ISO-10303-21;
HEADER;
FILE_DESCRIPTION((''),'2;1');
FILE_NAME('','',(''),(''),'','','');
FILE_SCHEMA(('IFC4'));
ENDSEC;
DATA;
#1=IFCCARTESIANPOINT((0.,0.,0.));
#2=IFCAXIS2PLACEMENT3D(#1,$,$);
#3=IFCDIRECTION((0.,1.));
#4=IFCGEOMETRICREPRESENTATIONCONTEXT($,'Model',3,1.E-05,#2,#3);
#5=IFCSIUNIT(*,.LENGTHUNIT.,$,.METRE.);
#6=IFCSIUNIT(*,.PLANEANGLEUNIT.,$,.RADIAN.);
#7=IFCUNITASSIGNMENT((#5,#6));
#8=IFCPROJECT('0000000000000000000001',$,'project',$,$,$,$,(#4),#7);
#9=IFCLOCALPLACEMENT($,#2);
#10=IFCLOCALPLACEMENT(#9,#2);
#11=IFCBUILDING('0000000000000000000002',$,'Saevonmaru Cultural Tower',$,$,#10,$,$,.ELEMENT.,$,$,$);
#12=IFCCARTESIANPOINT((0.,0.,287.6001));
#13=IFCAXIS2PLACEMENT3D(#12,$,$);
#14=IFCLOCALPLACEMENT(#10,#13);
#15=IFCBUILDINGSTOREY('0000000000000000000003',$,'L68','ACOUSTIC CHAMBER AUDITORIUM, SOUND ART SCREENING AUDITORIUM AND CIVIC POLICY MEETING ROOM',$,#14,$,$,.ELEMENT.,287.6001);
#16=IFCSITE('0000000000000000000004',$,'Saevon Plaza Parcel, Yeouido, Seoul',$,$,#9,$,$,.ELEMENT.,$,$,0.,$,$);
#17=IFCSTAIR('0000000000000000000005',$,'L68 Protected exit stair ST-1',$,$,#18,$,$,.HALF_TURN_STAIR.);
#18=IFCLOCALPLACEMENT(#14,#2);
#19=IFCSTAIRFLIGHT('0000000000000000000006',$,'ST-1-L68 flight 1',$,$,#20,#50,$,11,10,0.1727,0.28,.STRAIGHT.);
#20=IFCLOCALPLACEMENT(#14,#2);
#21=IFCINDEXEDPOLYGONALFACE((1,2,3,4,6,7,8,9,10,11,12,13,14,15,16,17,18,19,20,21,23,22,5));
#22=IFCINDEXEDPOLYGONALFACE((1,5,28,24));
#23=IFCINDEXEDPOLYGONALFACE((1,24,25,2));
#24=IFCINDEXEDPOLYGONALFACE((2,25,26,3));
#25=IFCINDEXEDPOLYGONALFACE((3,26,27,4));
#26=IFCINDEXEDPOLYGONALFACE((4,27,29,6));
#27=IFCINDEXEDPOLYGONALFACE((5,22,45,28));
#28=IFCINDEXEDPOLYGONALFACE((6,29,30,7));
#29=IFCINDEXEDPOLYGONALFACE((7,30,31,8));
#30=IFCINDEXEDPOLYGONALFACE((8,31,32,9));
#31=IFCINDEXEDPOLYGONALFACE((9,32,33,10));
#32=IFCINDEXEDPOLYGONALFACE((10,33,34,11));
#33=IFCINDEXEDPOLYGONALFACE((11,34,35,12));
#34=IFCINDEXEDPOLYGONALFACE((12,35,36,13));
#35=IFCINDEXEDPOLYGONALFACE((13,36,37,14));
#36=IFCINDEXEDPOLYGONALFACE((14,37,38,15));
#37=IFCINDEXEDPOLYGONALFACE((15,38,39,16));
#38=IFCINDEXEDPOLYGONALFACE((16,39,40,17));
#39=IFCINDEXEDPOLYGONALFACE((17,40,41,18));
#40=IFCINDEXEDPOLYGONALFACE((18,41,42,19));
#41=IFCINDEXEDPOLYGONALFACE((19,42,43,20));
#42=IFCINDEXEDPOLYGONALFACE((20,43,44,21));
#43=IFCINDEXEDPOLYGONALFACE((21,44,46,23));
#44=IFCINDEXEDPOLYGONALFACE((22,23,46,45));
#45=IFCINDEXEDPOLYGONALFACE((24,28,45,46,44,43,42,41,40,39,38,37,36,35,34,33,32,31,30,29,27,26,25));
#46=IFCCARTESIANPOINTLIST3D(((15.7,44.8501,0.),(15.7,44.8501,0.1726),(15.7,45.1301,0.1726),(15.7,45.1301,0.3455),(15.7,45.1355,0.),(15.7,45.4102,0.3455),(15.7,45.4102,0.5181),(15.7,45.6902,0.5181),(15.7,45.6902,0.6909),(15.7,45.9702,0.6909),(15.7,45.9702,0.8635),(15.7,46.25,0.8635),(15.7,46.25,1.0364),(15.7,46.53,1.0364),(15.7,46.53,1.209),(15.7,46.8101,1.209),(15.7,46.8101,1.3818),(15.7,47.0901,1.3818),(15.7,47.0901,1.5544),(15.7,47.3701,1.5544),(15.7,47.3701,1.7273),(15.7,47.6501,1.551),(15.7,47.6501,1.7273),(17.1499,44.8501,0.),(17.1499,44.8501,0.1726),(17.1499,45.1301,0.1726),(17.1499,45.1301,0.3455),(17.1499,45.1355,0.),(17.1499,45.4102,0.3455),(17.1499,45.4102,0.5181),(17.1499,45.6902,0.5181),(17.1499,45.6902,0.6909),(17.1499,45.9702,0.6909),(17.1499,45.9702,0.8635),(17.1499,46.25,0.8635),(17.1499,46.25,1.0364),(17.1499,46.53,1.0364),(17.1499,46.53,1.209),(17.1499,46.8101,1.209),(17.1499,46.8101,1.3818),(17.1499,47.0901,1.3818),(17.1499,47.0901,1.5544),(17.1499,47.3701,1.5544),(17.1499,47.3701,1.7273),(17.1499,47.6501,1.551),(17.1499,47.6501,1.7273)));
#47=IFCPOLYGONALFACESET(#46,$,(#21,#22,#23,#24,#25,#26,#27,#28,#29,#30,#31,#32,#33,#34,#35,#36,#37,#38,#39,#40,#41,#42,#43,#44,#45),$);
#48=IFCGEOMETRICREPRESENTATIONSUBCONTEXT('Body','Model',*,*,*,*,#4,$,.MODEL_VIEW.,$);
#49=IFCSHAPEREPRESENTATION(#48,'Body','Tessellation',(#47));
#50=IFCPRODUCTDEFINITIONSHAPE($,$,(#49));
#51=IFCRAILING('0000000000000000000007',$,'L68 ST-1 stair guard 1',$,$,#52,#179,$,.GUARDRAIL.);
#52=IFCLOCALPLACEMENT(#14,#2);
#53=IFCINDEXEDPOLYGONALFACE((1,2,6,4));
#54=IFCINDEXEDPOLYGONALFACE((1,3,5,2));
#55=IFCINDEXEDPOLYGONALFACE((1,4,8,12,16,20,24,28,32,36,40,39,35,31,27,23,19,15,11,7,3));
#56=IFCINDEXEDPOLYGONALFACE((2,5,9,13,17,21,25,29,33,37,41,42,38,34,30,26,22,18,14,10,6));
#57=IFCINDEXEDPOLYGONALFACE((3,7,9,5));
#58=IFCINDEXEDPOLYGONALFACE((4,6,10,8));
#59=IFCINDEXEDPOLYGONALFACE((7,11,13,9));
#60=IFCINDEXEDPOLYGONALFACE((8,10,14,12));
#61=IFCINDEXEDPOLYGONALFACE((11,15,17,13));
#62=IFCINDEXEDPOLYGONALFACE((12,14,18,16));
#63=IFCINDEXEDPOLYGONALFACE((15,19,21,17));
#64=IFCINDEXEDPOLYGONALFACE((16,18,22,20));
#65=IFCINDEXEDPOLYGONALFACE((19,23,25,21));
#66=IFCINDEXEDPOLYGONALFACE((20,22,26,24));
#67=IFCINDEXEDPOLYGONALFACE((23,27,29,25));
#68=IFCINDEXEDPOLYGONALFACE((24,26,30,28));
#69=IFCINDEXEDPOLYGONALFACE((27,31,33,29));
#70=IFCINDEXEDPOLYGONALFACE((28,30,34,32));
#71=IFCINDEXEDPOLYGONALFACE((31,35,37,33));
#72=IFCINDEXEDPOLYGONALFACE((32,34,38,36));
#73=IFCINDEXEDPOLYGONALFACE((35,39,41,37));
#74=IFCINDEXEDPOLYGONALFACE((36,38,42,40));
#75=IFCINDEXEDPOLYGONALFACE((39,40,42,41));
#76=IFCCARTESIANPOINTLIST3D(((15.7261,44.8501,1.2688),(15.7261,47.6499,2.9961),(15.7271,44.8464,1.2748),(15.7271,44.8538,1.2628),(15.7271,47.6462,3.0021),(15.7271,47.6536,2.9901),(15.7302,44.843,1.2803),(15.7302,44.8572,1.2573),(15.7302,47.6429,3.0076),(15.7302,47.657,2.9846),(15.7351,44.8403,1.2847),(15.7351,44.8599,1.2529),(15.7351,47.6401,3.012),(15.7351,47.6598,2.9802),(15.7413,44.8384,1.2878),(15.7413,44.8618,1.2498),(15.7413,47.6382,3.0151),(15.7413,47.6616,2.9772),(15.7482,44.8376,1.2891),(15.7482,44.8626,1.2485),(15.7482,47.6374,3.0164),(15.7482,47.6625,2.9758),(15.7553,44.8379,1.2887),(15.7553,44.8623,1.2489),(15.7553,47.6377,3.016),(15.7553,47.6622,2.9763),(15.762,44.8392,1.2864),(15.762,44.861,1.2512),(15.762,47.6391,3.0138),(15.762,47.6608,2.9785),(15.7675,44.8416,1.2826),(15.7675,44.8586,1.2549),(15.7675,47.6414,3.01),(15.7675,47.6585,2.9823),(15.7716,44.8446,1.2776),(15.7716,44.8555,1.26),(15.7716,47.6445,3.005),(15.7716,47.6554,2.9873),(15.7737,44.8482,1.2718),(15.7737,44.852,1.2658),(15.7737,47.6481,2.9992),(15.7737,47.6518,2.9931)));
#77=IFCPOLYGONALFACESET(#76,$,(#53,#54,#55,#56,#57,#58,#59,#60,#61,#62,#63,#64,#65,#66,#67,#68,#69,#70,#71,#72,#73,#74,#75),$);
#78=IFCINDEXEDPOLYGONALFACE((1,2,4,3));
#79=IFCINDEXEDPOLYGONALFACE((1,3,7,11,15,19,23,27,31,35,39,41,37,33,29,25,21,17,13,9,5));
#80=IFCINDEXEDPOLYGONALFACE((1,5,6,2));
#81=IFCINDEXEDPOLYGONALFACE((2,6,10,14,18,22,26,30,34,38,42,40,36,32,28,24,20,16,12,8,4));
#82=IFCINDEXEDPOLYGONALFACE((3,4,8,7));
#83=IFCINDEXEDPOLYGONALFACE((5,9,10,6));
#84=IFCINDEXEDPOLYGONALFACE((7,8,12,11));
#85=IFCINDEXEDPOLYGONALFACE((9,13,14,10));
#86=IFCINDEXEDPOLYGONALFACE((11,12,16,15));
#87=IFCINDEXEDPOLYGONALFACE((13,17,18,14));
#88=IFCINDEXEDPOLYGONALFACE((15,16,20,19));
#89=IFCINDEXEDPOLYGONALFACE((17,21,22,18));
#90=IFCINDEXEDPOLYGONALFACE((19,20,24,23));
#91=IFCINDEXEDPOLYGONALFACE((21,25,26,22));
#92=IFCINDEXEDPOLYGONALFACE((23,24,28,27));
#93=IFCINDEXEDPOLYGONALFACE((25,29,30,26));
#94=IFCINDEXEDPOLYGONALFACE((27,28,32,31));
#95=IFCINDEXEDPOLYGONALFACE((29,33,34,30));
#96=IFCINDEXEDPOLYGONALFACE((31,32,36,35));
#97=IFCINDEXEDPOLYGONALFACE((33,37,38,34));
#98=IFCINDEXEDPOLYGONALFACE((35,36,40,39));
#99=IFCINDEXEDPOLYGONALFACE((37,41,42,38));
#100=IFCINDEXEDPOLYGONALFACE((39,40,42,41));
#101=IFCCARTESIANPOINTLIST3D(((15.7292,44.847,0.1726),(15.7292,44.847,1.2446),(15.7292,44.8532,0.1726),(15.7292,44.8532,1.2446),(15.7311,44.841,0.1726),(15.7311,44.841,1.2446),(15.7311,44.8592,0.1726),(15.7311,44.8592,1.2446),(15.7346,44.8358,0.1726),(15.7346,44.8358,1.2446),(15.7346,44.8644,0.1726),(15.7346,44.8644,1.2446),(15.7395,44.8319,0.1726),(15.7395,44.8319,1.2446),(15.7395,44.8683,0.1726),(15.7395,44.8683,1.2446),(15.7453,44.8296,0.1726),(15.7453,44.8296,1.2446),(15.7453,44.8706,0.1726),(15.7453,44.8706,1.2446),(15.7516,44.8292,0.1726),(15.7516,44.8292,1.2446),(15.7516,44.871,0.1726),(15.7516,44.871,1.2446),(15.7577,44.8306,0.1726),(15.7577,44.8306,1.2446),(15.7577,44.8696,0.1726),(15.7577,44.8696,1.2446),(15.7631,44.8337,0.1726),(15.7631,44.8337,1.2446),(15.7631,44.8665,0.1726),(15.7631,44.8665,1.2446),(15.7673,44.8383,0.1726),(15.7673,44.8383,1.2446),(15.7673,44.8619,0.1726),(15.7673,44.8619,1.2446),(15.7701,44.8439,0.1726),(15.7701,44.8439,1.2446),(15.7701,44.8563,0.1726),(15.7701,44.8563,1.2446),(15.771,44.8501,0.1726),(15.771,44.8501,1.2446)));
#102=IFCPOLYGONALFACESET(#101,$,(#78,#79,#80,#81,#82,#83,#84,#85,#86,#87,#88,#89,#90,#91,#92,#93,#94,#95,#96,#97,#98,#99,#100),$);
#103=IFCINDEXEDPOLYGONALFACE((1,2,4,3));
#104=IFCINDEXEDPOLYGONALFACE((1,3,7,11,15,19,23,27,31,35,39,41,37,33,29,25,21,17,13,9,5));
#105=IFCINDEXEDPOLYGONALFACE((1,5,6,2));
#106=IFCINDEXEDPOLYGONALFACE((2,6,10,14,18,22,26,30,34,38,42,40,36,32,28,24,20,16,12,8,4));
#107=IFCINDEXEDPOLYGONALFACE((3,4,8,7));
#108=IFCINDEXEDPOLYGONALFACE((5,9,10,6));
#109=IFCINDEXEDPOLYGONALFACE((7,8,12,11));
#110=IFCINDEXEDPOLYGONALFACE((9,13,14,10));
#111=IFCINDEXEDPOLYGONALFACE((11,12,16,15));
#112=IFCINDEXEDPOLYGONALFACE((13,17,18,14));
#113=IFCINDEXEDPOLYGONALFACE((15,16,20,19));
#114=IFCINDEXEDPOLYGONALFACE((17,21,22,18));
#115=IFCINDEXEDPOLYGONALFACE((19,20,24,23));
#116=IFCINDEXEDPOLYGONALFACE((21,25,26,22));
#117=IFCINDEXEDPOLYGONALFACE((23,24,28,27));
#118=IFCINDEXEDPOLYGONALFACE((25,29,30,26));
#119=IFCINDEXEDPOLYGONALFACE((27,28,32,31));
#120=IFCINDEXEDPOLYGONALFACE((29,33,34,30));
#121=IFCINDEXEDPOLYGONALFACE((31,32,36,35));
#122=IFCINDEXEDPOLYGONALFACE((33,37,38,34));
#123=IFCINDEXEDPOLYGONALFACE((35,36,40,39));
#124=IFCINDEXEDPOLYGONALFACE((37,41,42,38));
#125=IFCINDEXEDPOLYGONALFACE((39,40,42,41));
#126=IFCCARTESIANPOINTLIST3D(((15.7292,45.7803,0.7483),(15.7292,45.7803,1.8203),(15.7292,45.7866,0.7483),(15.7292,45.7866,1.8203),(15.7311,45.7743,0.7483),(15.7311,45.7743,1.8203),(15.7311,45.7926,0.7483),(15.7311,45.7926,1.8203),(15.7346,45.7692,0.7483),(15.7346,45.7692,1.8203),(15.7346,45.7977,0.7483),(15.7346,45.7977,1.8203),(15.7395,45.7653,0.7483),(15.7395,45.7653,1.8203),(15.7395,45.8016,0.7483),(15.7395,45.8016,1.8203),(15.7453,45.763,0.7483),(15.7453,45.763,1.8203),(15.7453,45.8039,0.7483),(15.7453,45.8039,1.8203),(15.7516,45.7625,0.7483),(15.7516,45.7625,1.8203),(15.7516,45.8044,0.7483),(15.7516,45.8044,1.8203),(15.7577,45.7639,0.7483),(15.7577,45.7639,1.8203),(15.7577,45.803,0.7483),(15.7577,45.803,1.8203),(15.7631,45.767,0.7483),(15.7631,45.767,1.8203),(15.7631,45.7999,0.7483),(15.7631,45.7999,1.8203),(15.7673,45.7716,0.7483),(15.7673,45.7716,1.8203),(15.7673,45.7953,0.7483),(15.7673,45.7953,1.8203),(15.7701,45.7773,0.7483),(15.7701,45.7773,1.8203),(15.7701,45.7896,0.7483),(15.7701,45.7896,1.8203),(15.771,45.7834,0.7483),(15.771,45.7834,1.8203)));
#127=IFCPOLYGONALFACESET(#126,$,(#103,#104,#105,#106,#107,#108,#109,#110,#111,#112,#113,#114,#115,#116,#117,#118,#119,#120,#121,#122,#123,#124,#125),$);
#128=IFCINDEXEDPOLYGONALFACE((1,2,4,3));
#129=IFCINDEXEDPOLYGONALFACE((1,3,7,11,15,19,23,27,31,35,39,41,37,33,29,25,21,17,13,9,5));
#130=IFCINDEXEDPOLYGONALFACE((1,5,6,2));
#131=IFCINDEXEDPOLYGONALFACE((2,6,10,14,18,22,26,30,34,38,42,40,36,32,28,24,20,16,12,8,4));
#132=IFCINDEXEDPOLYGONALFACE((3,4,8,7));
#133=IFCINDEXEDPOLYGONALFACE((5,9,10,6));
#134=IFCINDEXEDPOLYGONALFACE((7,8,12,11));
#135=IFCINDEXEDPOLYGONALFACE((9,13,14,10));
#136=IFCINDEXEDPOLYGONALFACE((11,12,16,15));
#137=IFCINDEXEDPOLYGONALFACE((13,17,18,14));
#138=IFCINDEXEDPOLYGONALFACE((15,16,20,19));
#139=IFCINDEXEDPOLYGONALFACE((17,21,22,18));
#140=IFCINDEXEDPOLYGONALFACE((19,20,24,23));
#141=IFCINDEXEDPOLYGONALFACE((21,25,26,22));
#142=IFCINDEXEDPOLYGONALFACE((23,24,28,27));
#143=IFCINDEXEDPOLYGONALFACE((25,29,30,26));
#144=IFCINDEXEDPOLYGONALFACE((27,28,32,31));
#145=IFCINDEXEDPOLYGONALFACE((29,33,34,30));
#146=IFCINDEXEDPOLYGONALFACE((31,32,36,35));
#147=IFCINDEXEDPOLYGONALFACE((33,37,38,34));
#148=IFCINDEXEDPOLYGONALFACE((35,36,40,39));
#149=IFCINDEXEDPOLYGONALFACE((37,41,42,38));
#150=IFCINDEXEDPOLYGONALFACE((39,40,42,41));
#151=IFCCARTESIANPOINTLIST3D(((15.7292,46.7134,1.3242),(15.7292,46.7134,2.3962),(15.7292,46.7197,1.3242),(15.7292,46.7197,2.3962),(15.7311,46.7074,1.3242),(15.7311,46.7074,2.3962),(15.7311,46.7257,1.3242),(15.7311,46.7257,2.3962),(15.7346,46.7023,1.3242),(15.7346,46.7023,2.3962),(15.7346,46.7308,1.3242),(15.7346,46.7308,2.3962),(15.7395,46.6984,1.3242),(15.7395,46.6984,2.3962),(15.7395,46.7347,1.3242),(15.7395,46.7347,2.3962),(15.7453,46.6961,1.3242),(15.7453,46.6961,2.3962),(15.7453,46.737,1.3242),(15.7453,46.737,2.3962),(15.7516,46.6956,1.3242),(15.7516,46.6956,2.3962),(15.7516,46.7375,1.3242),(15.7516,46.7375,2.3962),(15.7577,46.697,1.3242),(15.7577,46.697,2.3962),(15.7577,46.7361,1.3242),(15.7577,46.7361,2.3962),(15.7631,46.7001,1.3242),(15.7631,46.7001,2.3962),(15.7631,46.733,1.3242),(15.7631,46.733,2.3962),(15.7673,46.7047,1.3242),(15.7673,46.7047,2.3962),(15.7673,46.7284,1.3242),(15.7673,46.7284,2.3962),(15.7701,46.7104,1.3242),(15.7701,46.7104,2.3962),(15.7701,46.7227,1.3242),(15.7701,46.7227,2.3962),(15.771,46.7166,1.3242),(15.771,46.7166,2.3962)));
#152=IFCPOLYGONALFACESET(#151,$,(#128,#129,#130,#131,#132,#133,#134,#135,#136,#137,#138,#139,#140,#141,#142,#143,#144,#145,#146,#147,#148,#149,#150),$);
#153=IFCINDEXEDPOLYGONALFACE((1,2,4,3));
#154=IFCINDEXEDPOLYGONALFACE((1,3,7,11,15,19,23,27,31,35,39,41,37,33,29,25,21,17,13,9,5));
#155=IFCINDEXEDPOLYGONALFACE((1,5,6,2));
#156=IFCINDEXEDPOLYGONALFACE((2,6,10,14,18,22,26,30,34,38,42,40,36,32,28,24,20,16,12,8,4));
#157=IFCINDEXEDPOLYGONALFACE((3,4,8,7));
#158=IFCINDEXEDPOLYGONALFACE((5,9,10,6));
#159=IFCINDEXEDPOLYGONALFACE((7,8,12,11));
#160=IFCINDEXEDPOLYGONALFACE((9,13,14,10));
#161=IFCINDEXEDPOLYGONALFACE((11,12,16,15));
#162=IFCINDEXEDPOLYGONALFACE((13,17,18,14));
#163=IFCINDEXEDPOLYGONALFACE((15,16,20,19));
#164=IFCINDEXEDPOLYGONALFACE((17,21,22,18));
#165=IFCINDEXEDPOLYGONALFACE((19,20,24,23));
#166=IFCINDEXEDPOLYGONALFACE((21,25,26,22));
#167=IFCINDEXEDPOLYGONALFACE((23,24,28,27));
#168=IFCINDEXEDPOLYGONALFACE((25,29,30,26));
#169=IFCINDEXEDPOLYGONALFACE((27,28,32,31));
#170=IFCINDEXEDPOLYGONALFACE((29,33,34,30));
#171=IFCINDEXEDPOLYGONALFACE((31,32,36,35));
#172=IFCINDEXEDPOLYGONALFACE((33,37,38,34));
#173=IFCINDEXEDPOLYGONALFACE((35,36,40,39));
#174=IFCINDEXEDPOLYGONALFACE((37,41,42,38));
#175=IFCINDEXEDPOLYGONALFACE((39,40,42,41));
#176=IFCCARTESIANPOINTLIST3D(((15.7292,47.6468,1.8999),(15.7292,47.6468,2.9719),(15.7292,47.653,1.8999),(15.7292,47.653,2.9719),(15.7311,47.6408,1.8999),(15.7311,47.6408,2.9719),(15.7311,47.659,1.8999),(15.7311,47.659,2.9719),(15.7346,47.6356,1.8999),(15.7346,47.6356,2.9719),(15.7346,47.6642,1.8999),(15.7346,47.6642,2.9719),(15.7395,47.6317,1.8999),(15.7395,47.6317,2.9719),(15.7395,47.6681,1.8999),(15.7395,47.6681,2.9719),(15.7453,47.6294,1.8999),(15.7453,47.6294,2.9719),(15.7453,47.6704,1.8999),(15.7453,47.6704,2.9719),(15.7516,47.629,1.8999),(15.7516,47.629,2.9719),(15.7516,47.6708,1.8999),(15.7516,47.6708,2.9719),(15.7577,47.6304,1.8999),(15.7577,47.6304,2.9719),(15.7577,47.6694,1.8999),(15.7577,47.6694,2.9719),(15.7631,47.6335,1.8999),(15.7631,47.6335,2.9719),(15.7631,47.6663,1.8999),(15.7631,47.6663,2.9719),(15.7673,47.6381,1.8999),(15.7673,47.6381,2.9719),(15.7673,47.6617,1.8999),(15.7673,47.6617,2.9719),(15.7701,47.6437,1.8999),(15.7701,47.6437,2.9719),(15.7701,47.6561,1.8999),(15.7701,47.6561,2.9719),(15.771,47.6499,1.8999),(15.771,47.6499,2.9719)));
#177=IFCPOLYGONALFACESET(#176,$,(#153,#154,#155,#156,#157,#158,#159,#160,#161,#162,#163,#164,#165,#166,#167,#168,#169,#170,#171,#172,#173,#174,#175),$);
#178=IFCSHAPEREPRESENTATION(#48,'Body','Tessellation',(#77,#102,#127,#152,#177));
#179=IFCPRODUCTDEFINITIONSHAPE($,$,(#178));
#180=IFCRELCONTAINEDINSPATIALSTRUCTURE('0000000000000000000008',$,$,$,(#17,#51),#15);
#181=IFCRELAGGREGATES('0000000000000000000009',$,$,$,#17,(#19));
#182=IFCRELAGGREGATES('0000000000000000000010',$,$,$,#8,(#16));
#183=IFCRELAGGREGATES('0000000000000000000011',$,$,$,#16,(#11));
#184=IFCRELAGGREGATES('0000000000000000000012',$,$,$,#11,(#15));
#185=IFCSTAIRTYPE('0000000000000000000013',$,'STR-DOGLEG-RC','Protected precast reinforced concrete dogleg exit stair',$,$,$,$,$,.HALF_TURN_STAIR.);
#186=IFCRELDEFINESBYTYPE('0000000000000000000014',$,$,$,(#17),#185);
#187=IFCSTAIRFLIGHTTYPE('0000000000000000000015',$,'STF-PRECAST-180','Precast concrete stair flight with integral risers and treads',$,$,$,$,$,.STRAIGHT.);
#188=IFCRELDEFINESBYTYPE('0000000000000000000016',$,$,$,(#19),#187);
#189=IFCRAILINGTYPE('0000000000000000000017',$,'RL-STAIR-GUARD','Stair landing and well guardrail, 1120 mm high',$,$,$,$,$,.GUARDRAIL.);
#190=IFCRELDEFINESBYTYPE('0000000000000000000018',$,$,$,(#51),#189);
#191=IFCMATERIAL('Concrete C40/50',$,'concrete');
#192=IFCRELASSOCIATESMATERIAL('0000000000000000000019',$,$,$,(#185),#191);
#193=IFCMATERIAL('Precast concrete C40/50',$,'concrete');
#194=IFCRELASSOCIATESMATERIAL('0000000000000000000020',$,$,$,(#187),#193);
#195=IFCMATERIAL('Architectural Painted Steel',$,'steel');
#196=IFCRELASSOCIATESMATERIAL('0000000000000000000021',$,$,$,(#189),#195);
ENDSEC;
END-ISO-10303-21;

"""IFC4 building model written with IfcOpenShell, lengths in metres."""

from ifc_helpers import new_model, si_unit, direction, frame, origin, origin_2d, place, context, subcontext, project, spatial, polyline, circle, outline, extrude, material, type_object, element, aggregate, save


model = new_model("IFC4")

# Units and contexts
model_context = context("Model", 3, precision=1e-05, world=origin(), true_north=direction((0.0, 1.0)))
body_context = subcontext(model_context, "Body", "Model", "MODEL_VIEW")
ifc_project = project(units=[si_unit("LENGTHUNIT", "METRE"), si_unit("PLANEANGLEUNIT", "RADIAN")], contexts=[model_context])

# Site, building, storey
site_placement = place(None, origin())
site = spatial("IfcSite", under=ifc_project, at=site_placement, Name="Saevon Plaza Parcel, Yeouido, Seoul", CompositionType="ELEMENT", RefElevation=0.0)
building_placement = place(site_placement, origin())
building = spatial("IfcBuilding", under=site, at=building_placement, Name="Saevonmaru Cultural Tower", CompositionType="ELEMENT")
storey_placement = place(building_placement, frame((0.0, 0.0, 287.6001)))
storey = spatial("IfcBuildingStorey", under=building, at=storey_placement, Name="L68", Description="ACOUSTIC CHAMBER AUDITORIUM, SOUND ART SCREENING AUDITORIUM AND CIVIC POLICY MEETING ROOM", CompositionType="ELEMENT", Elevation=287.6001)

# Shared definitions
ifc_material_1 = material(Name="Concrete C40/50", Category="concrete")

# Stair, stair flight
stair_type = type_object("IfcStairType", Name="STR-DOGLEG-RC", Description="Protected precast reinforced concrete dogleg exit stair", PredefinedType="HALF_TURN_STAIR", material=ifc_material_1)
stair_placement = place(storey_placement, origin())
stair = element("IfcStair", 1, at=stair_placement, inside=storey, type_object=stair_type, Name="L68 Protected exit stair ST-1", PredefinedType="HALF_TURN_STAIR")
ifc_material_2 = material(Name="Precast concrete C40/50", Category="concrete")
stair_flight_type = type_object("IfcStairFlightType", Name="STF-PRECAST-180", Description="Precast concrete stair flight with integral risers and treads", PredefinedType="STRAIGHT", material=ifc_material_2)
stair_flight_placement = place(storey_placement, frame((16.425, 44.8501, 0.0), z_axis=(0.0, 0.0, 1.0), x_axis=(0.0, 1.0, 0.0)))
stair_flight = element("IfcStairFlight", 2, at=stair_flight_placement, type_object=stair_flight_type, Name="ST-1-L68 flight 1", NumberOfRisers=11, NumberOfTreads=10, PredefinedType="STRAIGHT", RiserHeight=0.1727, TreadLength=0.28, context=body_context, shape_type="SweptSolid", body=[
    extrude(outline(polyline([(0.0, 0.0), (0.0, 0.1726), (0.28, 0.1726), (0.28, 0.3455), (0.5601, 0.3455), (0.5601, 0.5181), (0.8401, 0.5181), (0.8401, 0.6909), (1.1201, 0.6909), (1.1201, 0.8635), (1.3999, 0.8635), (1.3999, 1.0364), (1.6799, 1.0364), (1.6799, 1.209), (1.96, 1.209), (1.96, 1.3818), (2.24, 1.3818), (2.24, 1.5544), (2.52, 1.5544), (2.52, 1.7273), (2.8, 1.7273), (2.8, 1.8999), (2.8, 1.551), (0.2854, 0.0), (0.0, 0.0)])), frame((0.0, 0.7251, 0.0), z_axis=(0.0, -1.0, 0.0), x_axis=(1.0, 0.0, 0.0)), (0.0, 0.0, 1.0), 1.45),
])
aggregate(stair, [stair_flight])

# Railing
ifc_material_3 = material(Name="Architectural Painted Steel", Category="steel")
railing_type = type_object("IfcRailingType", Name="RL-STAIR-GUARD", Description="Stair landing and well guardrail, 1120 mm high", PredefinedType="GUARDRAIL", material=ifc_material_3)
railing_1_placement = place(storey_placement, frame((15.75, 44.8501, 0.1726)))
element("IfcRailing", 3, at=railing_1_placement, inside=storey, type_object=railing_type, Name="L68 ST-1 stair guard 1", PredefinedType="GUARDRAIL", context=body_context, shape_type="SweptSolid", body=[
    extrude(circle(Radius=0.0239, at=origin_2d()), frame((0.0, 0.0, 1.0962), z_axis=(0.0, 0.851069, 0.525054), x_axis=(-1.0, 0.0, 0.0)), (0.0, 0.0, 1.0), 3.2898),
    extrude(circle(Radius=0.021, at=origin_2d()), origin(), (0.0, 0.0, 1.0), 1.072),
    extrude(circle(Radius=0.021, at=origin_2d()), frame((0.0, 0.9333, 0.5757)), (0.0, 0.0, 1.0), 1.072),
    extrude(circle(Radius=0.021, at=origin_2d()), frame((0.0, 1.8665, 1.1516)), (0.0, 0.0, 1.0), 1.072),
    extrude(circle(Radius=0.021, at=origin_2d()), frame((0.0, 2.7998, 1.7273)), (0.0, 0.0, 1.0), 1.072),
])

save(model, "model.ifc")
